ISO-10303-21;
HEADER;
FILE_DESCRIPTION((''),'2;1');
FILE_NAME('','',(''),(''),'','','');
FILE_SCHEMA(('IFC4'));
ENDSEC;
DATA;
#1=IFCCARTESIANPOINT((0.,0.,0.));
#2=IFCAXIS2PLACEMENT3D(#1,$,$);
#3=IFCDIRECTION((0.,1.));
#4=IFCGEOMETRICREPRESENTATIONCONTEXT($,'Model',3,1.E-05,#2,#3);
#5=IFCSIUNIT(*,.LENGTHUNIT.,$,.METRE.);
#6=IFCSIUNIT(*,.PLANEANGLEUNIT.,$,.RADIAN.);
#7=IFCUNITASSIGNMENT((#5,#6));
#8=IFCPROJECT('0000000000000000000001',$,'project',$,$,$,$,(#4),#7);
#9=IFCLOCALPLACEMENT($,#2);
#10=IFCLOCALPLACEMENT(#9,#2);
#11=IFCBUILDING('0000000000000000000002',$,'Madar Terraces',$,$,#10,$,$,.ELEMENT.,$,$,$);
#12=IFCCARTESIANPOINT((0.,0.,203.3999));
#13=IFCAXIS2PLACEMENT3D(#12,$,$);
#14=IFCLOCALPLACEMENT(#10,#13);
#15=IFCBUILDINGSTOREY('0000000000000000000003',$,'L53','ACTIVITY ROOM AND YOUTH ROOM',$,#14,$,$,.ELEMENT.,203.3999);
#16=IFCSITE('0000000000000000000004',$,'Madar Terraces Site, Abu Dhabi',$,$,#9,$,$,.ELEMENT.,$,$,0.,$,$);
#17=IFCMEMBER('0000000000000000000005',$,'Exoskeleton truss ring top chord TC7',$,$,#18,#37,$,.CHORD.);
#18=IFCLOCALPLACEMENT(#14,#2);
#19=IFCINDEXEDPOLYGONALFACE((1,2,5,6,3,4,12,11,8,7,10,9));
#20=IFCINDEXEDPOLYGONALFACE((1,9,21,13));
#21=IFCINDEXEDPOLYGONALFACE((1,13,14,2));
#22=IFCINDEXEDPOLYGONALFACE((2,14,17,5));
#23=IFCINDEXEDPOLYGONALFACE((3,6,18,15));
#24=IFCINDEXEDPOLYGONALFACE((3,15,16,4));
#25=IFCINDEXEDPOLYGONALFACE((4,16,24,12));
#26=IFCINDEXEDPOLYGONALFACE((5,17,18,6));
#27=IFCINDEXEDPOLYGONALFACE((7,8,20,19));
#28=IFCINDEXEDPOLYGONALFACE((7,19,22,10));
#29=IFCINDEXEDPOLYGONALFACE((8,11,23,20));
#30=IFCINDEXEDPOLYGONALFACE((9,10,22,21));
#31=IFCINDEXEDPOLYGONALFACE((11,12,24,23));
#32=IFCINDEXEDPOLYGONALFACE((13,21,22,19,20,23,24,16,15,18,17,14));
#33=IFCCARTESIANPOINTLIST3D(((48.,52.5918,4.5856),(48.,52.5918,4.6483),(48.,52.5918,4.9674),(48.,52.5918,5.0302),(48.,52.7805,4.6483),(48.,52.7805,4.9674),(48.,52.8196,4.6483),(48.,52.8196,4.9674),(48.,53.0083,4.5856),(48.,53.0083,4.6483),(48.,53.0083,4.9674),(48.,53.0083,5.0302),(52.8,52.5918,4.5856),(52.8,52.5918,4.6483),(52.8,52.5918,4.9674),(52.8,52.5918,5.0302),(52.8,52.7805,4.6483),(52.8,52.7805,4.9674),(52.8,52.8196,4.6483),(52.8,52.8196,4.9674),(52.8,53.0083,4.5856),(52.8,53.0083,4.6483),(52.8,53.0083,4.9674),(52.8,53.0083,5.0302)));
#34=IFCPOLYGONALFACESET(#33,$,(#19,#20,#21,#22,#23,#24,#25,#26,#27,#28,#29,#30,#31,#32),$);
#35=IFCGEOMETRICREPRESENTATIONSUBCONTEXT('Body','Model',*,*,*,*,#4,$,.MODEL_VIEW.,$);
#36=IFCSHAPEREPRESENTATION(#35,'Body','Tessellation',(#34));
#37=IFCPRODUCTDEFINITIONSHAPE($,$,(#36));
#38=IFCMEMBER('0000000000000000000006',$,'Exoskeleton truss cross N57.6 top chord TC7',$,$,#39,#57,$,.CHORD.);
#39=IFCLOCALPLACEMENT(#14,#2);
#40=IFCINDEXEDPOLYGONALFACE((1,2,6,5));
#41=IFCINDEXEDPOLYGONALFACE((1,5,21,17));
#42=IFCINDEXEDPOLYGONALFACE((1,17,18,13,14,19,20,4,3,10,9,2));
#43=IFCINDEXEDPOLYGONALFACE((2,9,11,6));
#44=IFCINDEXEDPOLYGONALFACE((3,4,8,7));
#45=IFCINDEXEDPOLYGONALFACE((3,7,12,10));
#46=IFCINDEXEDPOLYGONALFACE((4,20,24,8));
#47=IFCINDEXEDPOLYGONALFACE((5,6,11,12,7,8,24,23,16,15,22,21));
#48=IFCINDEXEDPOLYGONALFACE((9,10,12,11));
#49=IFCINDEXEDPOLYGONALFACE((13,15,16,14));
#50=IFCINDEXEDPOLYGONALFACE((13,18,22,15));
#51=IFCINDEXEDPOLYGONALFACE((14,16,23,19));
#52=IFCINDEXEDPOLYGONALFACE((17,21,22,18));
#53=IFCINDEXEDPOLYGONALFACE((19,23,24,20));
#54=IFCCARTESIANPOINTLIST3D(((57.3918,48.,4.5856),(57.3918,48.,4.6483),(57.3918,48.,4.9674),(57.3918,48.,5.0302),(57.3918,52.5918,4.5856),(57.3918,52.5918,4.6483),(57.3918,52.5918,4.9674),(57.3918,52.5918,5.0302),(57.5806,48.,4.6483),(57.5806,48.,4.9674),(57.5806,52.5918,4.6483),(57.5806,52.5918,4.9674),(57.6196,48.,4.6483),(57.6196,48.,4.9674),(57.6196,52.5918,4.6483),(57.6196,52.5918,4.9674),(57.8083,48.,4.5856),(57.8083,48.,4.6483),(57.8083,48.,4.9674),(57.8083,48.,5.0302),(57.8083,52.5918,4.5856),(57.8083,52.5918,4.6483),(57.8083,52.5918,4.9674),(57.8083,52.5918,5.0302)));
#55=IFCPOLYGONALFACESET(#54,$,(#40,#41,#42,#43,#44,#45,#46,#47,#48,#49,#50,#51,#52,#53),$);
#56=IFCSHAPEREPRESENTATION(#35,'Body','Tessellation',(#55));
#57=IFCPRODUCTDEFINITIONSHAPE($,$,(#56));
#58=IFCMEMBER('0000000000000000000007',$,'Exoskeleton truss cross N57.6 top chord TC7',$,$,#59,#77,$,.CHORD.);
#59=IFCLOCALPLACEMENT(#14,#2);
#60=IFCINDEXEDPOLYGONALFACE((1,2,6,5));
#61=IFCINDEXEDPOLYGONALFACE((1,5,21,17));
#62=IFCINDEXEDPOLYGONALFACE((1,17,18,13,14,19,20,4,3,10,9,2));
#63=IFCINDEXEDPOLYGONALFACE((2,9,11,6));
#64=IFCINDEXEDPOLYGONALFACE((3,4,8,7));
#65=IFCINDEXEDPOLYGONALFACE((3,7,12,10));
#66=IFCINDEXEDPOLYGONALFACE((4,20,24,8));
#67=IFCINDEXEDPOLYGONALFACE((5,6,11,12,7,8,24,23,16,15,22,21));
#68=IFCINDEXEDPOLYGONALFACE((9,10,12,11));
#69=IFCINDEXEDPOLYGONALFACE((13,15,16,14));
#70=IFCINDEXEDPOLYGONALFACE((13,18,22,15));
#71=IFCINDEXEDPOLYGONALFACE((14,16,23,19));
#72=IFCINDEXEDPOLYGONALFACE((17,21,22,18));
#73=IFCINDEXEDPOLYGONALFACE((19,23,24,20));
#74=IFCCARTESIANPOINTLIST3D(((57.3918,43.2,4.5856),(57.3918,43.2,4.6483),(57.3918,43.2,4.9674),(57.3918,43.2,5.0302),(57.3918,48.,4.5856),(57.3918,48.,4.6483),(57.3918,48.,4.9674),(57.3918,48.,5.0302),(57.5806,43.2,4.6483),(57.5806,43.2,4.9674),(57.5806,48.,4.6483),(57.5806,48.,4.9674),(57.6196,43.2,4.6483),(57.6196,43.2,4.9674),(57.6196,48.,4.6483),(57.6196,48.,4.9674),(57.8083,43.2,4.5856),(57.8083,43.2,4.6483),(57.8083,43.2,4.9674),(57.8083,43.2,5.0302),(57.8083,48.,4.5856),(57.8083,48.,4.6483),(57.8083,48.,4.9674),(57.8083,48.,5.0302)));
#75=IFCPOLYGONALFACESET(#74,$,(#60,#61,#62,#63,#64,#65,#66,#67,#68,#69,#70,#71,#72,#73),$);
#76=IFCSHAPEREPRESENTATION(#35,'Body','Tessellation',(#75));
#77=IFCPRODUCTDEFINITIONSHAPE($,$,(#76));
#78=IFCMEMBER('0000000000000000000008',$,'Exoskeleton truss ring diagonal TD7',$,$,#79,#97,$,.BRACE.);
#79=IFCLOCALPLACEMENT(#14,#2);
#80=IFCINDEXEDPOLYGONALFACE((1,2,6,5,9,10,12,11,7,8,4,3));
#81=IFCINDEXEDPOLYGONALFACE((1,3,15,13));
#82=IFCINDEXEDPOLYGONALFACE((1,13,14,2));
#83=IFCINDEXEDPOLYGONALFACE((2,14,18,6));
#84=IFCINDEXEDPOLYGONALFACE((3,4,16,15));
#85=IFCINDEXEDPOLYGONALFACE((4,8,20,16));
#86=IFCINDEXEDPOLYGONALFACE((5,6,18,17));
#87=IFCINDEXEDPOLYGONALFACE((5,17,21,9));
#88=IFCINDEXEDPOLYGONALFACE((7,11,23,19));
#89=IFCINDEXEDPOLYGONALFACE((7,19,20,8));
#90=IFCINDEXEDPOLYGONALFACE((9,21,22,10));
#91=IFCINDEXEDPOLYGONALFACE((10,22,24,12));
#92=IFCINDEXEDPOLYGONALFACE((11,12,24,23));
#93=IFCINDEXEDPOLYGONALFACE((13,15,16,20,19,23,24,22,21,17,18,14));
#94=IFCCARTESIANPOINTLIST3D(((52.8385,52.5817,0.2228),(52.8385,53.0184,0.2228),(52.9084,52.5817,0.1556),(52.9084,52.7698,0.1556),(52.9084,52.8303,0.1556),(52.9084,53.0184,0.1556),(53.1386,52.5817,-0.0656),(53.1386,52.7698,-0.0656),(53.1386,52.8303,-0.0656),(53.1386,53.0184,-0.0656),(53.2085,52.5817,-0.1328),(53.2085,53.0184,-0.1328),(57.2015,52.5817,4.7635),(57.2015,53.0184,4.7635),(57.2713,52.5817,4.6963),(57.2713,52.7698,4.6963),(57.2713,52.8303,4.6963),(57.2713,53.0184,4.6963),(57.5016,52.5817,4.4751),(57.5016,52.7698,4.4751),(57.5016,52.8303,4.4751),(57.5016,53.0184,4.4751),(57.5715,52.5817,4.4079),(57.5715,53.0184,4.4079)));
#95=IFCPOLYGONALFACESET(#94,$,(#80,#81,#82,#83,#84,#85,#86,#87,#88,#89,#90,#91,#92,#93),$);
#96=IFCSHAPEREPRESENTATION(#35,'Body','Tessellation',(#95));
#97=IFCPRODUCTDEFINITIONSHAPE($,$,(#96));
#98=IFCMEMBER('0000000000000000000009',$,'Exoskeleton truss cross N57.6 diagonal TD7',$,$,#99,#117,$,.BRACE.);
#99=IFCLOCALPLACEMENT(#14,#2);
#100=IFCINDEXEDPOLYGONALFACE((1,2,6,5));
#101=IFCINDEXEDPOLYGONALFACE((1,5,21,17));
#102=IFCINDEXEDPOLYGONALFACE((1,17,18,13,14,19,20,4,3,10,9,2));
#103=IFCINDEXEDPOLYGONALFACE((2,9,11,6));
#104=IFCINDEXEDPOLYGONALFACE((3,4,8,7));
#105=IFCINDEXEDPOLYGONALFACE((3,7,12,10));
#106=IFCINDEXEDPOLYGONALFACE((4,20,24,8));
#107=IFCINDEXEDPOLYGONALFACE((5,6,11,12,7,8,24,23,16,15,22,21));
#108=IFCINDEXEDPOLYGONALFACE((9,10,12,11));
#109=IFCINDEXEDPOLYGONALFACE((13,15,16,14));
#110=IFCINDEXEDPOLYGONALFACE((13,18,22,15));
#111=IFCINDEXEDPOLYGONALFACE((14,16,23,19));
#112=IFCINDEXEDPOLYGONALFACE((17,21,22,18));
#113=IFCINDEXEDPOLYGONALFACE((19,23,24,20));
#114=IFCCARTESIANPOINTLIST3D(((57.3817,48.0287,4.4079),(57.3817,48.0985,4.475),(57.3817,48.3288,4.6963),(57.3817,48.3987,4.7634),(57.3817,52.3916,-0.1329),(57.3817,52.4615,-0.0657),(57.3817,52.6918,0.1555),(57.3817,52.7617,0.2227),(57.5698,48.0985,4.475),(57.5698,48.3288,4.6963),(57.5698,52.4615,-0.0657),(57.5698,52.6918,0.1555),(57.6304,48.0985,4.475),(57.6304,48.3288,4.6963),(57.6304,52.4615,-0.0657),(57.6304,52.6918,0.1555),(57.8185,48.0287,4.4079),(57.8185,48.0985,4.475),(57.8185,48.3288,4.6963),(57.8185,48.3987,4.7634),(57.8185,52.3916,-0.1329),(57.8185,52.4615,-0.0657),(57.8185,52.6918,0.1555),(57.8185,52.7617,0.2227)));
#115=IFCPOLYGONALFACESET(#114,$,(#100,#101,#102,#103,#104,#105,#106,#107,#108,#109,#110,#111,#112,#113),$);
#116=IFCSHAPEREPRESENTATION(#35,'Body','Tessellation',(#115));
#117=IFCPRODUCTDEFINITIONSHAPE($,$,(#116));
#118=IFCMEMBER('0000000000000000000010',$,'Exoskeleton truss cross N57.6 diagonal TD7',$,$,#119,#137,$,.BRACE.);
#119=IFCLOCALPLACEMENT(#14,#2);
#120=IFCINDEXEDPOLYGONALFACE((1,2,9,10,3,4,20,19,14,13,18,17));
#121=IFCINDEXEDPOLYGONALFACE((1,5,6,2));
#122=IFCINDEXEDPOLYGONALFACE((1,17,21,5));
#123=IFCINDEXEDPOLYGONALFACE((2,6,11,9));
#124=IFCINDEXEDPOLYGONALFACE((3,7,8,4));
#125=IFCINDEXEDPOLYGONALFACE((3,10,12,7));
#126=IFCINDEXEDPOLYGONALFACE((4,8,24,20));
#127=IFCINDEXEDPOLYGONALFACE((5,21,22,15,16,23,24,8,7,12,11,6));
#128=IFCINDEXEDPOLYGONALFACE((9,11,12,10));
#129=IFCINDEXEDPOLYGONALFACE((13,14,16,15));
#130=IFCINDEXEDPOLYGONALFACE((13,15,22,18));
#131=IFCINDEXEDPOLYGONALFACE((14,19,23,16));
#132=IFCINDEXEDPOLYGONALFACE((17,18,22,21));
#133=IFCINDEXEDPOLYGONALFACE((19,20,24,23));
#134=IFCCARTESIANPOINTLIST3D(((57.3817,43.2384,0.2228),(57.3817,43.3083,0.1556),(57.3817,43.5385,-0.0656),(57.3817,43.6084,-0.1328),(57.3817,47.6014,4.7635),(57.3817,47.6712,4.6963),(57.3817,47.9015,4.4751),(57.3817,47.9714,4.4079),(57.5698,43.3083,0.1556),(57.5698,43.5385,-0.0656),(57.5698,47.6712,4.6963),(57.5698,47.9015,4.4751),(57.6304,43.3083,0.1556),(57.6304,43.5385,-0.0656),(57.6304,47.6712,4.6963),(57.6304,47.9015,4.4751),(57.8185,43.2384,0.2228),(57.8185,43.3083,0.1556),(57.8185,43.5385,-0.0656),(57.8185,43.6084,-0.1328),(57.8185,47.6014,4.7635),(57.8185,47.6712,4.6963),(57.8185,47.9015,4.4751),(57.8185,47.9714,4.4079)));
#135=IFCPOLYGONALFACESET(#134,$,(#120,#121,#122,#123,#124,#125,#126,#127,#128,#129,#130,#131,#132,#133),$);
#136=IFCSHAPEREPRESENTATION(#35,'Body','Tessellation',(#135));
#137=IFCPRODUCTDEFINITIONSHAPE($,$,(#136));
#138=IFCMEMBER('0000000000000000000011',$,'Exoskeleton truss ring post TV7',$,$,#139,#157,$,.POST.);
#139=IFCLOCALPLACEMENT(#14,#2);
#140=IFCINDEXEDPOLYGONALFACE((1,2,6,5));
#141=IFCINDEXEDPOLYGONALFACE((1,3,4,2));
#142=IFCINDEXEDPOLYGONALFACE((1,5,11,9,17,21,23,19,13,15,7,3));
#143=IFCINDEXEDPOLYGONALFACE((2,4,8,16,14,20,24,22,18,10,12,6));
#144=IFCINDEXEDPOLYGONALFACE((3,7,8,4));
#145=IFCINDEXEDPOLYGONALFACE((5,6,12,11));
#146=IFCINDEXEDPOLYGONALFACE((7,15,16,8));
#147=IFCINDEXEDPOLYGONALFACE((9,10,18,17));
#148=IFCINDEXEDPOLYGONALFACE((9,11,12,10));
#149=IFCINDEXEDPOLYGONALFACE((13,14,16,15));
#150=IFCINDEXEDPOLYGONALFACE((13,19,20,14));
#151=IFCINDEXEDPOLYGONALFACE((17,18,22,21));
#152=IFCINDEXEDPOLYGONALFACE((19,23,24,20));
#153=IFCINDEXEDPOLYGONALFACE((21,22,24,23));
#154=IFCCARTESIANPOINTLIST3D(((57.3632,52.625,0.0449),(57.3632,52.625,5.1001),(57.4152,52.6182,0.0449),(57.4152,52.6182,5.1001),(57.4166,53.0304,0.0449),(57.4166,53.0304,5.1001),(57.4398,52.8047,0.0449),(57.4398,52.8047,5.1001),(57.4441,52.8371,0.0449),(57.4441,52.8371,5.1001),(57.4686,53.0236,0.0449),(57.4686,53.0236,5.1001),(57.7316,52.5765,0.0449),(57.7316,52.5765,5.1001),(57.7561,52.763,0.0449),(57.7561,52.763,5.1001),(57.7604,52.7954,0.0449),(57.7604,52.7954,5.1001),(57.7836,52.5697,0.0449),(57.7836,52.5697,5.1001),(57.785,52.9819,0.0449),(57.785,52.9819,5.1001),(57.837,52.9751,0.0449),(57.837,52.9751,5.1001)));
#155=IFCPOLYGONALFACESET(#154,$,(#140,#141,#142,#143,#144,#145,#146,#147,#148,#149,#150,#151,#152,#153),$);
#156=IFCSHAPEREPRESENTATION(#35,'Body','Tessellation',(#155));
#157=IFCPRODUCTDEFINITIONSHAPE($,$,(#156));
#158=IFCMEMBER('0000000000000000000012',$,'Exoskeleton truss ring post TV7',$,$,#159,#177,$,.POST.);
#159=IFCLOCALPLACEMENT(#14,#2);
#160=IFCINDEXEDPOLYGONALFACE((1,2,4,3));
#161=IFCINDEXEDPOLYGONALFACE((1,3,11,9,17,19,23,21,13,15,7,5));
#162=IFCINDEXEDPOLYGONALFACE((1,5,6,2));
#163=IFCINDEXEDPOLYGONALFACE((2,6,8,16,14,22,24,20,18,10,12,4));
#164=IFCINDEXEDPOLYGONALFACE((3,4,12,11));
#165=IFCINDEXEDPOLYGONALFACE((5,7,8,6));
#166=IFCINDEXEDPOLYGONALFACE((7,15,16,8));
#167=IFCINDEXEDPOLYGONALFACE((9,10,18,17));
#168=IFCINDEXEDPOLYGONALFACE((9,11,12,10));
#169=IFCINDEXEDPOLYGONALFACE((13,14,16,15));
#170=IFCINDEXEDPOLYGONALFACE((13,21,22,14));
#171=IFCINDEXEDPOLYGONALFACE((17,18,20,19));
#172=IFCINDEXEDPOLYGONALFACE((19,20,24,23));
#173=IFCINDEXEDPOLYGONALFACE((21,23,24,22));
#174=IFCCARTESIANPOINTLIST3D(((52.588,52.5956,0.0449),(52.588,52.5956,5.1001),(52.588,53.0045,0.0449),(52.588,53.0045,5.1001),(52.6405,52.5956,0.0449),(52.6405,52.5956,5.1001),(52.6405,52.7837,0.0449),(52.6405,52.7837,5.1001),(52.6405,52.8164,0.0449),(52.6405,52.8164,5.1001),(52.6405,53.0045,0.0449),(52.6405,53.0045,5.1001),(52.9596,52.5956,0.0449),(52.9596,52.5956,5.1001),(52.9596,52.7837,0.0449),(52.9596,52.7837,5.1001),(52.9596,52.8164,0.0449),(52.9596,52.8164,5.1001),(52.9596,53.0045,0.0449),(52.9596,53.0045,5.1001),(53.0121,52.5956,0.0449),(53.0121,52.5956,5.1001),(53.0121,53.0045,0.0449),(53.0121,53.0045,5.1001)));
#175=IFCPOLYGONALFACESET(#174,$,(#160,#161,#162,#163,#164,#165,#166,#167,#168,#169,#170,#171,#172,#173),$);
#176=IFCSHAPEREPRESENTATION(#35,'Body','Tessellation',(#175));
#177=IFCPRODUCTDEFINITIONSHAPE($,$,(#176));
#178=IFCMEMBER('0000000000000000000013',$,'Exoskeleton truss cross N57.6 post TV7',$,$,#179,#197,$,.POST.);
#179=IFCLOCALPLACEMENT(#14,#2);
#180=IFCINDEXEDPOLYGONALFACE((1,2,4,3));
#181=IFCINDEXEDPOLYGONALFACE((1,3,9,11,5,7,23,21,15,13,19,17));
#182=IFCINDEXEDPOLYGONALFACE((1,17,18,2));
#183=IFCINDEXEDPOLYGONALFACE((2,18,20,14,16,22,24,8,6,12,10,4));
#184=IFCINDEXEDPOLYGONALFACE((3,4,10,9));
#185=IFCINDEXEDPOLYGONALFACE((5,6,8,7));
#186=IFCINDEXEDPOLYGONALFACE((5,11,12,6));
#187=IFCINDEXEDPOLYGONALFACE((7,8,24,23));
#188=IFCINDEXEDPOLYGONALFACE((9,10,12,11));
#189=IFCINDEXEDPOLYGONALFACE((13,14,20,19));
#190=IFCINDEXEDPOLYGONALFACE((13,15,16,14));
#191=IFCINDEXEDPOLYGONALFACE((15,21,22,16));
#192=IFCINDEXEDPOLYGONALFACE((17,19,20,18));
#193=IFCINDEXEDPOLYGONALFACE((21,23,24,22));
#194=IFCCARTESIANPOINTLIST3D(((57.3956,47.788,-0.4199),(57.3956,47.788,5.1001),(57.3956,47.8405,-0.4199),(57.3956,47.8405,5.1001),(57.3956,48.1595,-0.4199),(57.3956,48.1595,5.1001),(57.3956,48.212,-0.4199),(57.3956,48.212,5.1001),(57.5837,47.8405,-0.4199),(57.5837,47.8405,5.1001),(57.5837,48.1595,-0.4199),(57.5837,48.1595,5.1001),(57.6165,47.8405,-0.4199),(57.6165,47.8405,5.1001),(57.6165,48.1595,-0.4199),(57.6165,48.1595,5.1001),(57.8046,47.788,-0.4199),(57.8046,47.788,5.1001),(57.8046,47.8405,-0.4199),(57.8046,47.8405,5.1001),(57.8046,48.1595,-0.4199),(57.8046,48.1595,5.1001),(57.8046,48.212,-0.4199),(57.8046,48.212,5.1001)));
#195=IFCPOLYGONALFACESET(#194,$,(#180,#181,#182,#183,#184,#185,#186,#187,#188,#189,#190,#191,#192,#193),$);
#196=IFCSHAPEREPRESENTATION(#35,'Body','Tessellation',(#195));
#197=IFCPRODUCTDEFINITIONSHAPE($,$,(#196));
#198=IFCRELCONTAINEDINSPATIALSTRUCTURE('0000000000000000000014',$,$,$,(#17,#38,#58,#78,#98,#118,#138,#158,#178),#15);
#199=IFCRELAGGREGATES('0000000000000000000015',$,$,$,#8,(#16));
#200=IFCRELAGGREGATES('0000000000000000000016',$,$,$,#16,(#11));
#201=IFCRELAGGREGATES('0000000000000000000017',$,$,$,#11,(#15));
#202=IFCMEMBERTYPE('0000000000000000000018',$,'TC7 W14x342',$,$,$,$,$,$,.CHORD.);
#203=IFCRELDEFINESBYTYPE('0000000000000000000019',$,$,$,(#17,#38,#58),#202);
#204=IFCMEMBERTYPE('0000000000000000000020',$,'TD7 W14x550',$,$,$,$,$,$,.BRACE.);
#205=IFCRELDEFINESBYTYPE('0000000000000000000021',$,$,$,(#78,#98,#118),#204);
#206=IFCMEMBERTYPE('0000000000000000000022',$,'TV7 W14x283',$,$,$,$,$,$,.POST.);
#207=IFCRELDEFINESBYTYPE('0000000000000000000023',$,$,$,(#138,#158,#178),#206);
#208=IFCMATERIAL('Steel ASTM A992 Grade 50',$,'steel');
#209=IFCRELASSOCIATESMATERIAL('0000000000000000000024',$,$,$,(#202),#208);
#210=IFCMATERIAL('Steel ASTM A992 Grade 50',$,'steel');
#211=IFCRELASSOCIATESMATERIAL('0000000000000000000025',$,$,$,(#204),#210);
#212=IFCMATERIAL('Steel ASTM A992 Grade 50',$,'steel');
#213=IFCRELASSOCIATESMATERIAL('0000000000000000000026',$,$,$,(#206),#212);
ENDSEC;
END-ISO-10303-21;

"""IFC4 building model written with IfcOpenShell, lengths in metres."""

from ifc_helpers import new_model, si_unit, direction, frame, origin, origin_2d, place, context, subcontext, project, spatial, i_section, extrude, material, material_profile, profile_set, type_object, element, save


model = new_model("IFC4")

# Units and contexts
model_context = context("Model", 3, precision=1e-05, world=origin(), true_north=direction((0.0, 1.0)))
body_context = subcontext(model_context, "Body", "Model", "MODEL_VIEW")
ifc_project = project(units=[si_unit("LENGTHUNIT", "METRE"), si_unit("PLANEANGLEUNIT", "RADIAN")], contexts=[model_context])

# Site, building, storey
site_placement = place(None, origin())
site = spatial("IfcSite", under=ifc_project, at=site_placement, Name="Madar Terraces Site, Abu Dhabi", CompositionType="ELEMENT", RefElevation=0.0)
building_placement = place(site_placement, origin())
building = spatial("IfcBuilding", under=site, at=building_placement, Name="Madar Terraces", CompositionType="ELEMENT")
storey_placement = place(building_placement, frame((0.0, 0.0, 203.3999)))
storey = spatial("IfcBuildingStorey", under=building, at=storey_placement, Name="L53", Description="ACTIVITY ROOM AND YOUTH ROOM", CompositionType="ELEMENT", Elevation=203.3999)

# Members
ifc_material_1 = material(Name="Steel ASTM A992 Grade 50", Category="steel")
ifc_material_profile_1 = material_profile(ifc_material_1, i_section(OverallWidth=0.4165, OverallDepth=0.4446, WebThickness=0.0391, FlangeThickness=0.0627, at=origin_2d()), Name="W14x342")
ifc_profile_set_1 = profile_set([ifc_material_profile_1], Name="Steel ASTM A992 Grade 50")
member_type_1 = type_object("IfcMemberType", Name="TC7 W14x342", PredefinedType="CHORD", material=ifc_profile_set_1)
for number, where, z_axis, x_axis, name in (
    (1, (52.8, 52.8, 4.8079), (-1.0, 0.0, 0.0), (0.0, -1.0, 0.0), "Exoskeleton truss ring top chord TC7"),
):
    element("IfcMember", number, at=place(storey_placement, frame(where, z_axis=z_axis, x_axis=x_axis)), inside=storey, type_object=member_type_1, Name=name, PredefinedType="CHORD", context=body_context, shape_type="SweptSolid", body=[
        extrude(i_section(OverallWidth=0.4165, OverallDepth=0.4446, WebThickness=0.0391, FlangeThickness=0.0627, at=origin_2d()), origin(), (0.0, 0.0, 1.0), 4.8),
    ])
member_1_placement = place(storey_placement, frame((57.6001, 52.5918, 4.8079), z_axis=(0.0, -1.0, 0.0), x_axis=(1.0, 0.0, 0.0)))
element("IfcMember", 2, at=member_1_placement, inside=storey, type_object=member_type_1, Name="Exoskeleton truss cross N57.6 top chord TC7", PredefinedType="CHORD", context=body_context, shape_type="SweptSolid", body=[
    extrude(i_section(OverallWidth=0.4165, OverallDepth=0.4446, WebThickness=0.0391, FlangeThickness=0.0627, at=origin_2d()), origin(), (0.0, 0.0, 1.0), 4.5918),
])
member_2_placement = place(storey_placement, frame((57.6001, 48.0, 4.8079), z_axis=(0.0, -1.0, 0.0), x_axis=(1.0, 0.0, 0.0)))
element("IfcMember", 3, at=member_2_placement, inside=storey, type_object=member_type_1, Name="Exoskeleton truss cross N57.6 top chord TC7", PredefinedType="CHORD", context=body_context, shape_type="SweptSolid", body=[
    extrude(i_section(OverallWidth=0.4165, OverallDepth=0.4446, WebThickness=0.0391, FlangeThickness=0.0627, at=origin_2d()), origin(), (0.0, 0.0, 1.0), 4.8),
])
ifc_material_2 = material(Name="Steel ASTM A992 Grade 50", Category="steel")
ifc_material_profile_2 = material_profile(ifc_material_2, i_section(OverallWidth=0.4368, OverallDepth=0.5132, WebThickness=0.0605, FlangeThickness=0.0969, at=origin_2d()), Name="W14x550")
ifc_profile_set_2 = profile_set([ifc_material_profile_2], Name="Steel ASTM A992 Grade 50")
member_type_2 = type_object("IfcMemberType", Name="TD7 W14x550", PredefinedType="BRACE", material=ifc_profile_set_2)
for number, where, z_axis, x_axis, name in (
    (4, (57.3865, 52.8, 4.5857), (-0.692854, 0.0, -0.721078), (0.0, -1.0, 0.0), "Exoskeleton truss ring diagonal TD7"),
    (5, (57.6001, 52.5767, 0.0449), (0.0, -0.692854, 0.721078), (1.0, 0.0, 0.0), "Exoskeleton truss cross N57.6 diagonal TD7"),
    (6, (57.6001, 47.7864, 4.5857), (0.0, -0.692854, -0.721078), (1.0, 0.0, 0.0), "Exoskeleton truss cross N57.6 diagonal TD7"),
):
    element("IfcMember", number, at=place(storey_placement, frame(where, z_axis=z_axis, x_axis=x_axis)), inside=storey, type_object=member_type_2, Name=name, PredefinedType="BRACE", context=body_context, shape_type="SweptSolid", body=[
        extrude(i_section(OverallWidth=0.4368, OverallDepth=0.5132, WebThickness=0.0605, FlangeThickness=0.0969, at=origin_2d()), origin(), (0.0, 0.0, 1.0), 6.2971),
    ])
ifc_material_3 = material(Name="Steel ASTM A992 Grade 50", Category="steel")
ifc_material_profile_3 = material_profile(ifc_material_3, i_section(OverallWidth=0.4089, OverallDepth=0.4241, WebThickness=0.0327, FlangeThickness=0.0525, at=origin_2d()), Name="W14x283")
ifc_profile_set_3 = profile_set([ifc_material_profile_3], Name="Steel ASTM A992 Grade 50")
member_type_3 = type_object("IfcMemberType", Name="TV7 W14x283", PredefinedType="POST", material=ifc_profile_set_3)
for number, where, z_axis, x_axis, name in (
    (7, (57.6001, 52.8, 0.0449), (0.0, 0.0, 1.0), (-0.130526, -0.991445, 0.0), "Exoskeleton truss ring post TV7"),
    (8, (52.8, 52.8, 0.0449), (0.0, 0.0, 1.0), (0.0, -1.0, 0.0), "Exoskeleton truss ring post TV7"),
):
    element("IfcMember", number, at=place(storey_placement, frame(where, z_axis=z_axis, x_axis=x_axis)), inside=storey, type_object=member_type_3, Name=name, PredefinedType="POST", context=body_context, shape_type="SweptSolid", body=[
        extrude(i_section(OverallWidth=0.4089, OverallDepth=0.4241, WebThickness=0.0327, FlangeThickness=0.0525, at=origin_2d()), origin(), (0.0, 0.0, 1.0), 5.0552),
    ])
member_3_placement = place(storey_placement, frame((57.6001, 48.0, -0.4199), z_axis=(0.0, 0.0, 1.0), x_axis=(-1.0, 0.0, 0.0)))
element("IfcMember", 9, at=member_3_placement, inside=storey, type_object=member_type_3, Name="Exoskeleton truss cross N57.6 post TV7", PredefinedType="POST", context=body_context, shape_type="SweptSolid", body=[
    extrude(i_section(OverallWidth=0.4089, OverallDepth=0.4241, WebThickness=0.0327, FlangeThickness=0.0525, at=origin_2d()), origin(), (0.0, 0.0, 1.0), 5.52),
])

save(model, "model.ifc")
